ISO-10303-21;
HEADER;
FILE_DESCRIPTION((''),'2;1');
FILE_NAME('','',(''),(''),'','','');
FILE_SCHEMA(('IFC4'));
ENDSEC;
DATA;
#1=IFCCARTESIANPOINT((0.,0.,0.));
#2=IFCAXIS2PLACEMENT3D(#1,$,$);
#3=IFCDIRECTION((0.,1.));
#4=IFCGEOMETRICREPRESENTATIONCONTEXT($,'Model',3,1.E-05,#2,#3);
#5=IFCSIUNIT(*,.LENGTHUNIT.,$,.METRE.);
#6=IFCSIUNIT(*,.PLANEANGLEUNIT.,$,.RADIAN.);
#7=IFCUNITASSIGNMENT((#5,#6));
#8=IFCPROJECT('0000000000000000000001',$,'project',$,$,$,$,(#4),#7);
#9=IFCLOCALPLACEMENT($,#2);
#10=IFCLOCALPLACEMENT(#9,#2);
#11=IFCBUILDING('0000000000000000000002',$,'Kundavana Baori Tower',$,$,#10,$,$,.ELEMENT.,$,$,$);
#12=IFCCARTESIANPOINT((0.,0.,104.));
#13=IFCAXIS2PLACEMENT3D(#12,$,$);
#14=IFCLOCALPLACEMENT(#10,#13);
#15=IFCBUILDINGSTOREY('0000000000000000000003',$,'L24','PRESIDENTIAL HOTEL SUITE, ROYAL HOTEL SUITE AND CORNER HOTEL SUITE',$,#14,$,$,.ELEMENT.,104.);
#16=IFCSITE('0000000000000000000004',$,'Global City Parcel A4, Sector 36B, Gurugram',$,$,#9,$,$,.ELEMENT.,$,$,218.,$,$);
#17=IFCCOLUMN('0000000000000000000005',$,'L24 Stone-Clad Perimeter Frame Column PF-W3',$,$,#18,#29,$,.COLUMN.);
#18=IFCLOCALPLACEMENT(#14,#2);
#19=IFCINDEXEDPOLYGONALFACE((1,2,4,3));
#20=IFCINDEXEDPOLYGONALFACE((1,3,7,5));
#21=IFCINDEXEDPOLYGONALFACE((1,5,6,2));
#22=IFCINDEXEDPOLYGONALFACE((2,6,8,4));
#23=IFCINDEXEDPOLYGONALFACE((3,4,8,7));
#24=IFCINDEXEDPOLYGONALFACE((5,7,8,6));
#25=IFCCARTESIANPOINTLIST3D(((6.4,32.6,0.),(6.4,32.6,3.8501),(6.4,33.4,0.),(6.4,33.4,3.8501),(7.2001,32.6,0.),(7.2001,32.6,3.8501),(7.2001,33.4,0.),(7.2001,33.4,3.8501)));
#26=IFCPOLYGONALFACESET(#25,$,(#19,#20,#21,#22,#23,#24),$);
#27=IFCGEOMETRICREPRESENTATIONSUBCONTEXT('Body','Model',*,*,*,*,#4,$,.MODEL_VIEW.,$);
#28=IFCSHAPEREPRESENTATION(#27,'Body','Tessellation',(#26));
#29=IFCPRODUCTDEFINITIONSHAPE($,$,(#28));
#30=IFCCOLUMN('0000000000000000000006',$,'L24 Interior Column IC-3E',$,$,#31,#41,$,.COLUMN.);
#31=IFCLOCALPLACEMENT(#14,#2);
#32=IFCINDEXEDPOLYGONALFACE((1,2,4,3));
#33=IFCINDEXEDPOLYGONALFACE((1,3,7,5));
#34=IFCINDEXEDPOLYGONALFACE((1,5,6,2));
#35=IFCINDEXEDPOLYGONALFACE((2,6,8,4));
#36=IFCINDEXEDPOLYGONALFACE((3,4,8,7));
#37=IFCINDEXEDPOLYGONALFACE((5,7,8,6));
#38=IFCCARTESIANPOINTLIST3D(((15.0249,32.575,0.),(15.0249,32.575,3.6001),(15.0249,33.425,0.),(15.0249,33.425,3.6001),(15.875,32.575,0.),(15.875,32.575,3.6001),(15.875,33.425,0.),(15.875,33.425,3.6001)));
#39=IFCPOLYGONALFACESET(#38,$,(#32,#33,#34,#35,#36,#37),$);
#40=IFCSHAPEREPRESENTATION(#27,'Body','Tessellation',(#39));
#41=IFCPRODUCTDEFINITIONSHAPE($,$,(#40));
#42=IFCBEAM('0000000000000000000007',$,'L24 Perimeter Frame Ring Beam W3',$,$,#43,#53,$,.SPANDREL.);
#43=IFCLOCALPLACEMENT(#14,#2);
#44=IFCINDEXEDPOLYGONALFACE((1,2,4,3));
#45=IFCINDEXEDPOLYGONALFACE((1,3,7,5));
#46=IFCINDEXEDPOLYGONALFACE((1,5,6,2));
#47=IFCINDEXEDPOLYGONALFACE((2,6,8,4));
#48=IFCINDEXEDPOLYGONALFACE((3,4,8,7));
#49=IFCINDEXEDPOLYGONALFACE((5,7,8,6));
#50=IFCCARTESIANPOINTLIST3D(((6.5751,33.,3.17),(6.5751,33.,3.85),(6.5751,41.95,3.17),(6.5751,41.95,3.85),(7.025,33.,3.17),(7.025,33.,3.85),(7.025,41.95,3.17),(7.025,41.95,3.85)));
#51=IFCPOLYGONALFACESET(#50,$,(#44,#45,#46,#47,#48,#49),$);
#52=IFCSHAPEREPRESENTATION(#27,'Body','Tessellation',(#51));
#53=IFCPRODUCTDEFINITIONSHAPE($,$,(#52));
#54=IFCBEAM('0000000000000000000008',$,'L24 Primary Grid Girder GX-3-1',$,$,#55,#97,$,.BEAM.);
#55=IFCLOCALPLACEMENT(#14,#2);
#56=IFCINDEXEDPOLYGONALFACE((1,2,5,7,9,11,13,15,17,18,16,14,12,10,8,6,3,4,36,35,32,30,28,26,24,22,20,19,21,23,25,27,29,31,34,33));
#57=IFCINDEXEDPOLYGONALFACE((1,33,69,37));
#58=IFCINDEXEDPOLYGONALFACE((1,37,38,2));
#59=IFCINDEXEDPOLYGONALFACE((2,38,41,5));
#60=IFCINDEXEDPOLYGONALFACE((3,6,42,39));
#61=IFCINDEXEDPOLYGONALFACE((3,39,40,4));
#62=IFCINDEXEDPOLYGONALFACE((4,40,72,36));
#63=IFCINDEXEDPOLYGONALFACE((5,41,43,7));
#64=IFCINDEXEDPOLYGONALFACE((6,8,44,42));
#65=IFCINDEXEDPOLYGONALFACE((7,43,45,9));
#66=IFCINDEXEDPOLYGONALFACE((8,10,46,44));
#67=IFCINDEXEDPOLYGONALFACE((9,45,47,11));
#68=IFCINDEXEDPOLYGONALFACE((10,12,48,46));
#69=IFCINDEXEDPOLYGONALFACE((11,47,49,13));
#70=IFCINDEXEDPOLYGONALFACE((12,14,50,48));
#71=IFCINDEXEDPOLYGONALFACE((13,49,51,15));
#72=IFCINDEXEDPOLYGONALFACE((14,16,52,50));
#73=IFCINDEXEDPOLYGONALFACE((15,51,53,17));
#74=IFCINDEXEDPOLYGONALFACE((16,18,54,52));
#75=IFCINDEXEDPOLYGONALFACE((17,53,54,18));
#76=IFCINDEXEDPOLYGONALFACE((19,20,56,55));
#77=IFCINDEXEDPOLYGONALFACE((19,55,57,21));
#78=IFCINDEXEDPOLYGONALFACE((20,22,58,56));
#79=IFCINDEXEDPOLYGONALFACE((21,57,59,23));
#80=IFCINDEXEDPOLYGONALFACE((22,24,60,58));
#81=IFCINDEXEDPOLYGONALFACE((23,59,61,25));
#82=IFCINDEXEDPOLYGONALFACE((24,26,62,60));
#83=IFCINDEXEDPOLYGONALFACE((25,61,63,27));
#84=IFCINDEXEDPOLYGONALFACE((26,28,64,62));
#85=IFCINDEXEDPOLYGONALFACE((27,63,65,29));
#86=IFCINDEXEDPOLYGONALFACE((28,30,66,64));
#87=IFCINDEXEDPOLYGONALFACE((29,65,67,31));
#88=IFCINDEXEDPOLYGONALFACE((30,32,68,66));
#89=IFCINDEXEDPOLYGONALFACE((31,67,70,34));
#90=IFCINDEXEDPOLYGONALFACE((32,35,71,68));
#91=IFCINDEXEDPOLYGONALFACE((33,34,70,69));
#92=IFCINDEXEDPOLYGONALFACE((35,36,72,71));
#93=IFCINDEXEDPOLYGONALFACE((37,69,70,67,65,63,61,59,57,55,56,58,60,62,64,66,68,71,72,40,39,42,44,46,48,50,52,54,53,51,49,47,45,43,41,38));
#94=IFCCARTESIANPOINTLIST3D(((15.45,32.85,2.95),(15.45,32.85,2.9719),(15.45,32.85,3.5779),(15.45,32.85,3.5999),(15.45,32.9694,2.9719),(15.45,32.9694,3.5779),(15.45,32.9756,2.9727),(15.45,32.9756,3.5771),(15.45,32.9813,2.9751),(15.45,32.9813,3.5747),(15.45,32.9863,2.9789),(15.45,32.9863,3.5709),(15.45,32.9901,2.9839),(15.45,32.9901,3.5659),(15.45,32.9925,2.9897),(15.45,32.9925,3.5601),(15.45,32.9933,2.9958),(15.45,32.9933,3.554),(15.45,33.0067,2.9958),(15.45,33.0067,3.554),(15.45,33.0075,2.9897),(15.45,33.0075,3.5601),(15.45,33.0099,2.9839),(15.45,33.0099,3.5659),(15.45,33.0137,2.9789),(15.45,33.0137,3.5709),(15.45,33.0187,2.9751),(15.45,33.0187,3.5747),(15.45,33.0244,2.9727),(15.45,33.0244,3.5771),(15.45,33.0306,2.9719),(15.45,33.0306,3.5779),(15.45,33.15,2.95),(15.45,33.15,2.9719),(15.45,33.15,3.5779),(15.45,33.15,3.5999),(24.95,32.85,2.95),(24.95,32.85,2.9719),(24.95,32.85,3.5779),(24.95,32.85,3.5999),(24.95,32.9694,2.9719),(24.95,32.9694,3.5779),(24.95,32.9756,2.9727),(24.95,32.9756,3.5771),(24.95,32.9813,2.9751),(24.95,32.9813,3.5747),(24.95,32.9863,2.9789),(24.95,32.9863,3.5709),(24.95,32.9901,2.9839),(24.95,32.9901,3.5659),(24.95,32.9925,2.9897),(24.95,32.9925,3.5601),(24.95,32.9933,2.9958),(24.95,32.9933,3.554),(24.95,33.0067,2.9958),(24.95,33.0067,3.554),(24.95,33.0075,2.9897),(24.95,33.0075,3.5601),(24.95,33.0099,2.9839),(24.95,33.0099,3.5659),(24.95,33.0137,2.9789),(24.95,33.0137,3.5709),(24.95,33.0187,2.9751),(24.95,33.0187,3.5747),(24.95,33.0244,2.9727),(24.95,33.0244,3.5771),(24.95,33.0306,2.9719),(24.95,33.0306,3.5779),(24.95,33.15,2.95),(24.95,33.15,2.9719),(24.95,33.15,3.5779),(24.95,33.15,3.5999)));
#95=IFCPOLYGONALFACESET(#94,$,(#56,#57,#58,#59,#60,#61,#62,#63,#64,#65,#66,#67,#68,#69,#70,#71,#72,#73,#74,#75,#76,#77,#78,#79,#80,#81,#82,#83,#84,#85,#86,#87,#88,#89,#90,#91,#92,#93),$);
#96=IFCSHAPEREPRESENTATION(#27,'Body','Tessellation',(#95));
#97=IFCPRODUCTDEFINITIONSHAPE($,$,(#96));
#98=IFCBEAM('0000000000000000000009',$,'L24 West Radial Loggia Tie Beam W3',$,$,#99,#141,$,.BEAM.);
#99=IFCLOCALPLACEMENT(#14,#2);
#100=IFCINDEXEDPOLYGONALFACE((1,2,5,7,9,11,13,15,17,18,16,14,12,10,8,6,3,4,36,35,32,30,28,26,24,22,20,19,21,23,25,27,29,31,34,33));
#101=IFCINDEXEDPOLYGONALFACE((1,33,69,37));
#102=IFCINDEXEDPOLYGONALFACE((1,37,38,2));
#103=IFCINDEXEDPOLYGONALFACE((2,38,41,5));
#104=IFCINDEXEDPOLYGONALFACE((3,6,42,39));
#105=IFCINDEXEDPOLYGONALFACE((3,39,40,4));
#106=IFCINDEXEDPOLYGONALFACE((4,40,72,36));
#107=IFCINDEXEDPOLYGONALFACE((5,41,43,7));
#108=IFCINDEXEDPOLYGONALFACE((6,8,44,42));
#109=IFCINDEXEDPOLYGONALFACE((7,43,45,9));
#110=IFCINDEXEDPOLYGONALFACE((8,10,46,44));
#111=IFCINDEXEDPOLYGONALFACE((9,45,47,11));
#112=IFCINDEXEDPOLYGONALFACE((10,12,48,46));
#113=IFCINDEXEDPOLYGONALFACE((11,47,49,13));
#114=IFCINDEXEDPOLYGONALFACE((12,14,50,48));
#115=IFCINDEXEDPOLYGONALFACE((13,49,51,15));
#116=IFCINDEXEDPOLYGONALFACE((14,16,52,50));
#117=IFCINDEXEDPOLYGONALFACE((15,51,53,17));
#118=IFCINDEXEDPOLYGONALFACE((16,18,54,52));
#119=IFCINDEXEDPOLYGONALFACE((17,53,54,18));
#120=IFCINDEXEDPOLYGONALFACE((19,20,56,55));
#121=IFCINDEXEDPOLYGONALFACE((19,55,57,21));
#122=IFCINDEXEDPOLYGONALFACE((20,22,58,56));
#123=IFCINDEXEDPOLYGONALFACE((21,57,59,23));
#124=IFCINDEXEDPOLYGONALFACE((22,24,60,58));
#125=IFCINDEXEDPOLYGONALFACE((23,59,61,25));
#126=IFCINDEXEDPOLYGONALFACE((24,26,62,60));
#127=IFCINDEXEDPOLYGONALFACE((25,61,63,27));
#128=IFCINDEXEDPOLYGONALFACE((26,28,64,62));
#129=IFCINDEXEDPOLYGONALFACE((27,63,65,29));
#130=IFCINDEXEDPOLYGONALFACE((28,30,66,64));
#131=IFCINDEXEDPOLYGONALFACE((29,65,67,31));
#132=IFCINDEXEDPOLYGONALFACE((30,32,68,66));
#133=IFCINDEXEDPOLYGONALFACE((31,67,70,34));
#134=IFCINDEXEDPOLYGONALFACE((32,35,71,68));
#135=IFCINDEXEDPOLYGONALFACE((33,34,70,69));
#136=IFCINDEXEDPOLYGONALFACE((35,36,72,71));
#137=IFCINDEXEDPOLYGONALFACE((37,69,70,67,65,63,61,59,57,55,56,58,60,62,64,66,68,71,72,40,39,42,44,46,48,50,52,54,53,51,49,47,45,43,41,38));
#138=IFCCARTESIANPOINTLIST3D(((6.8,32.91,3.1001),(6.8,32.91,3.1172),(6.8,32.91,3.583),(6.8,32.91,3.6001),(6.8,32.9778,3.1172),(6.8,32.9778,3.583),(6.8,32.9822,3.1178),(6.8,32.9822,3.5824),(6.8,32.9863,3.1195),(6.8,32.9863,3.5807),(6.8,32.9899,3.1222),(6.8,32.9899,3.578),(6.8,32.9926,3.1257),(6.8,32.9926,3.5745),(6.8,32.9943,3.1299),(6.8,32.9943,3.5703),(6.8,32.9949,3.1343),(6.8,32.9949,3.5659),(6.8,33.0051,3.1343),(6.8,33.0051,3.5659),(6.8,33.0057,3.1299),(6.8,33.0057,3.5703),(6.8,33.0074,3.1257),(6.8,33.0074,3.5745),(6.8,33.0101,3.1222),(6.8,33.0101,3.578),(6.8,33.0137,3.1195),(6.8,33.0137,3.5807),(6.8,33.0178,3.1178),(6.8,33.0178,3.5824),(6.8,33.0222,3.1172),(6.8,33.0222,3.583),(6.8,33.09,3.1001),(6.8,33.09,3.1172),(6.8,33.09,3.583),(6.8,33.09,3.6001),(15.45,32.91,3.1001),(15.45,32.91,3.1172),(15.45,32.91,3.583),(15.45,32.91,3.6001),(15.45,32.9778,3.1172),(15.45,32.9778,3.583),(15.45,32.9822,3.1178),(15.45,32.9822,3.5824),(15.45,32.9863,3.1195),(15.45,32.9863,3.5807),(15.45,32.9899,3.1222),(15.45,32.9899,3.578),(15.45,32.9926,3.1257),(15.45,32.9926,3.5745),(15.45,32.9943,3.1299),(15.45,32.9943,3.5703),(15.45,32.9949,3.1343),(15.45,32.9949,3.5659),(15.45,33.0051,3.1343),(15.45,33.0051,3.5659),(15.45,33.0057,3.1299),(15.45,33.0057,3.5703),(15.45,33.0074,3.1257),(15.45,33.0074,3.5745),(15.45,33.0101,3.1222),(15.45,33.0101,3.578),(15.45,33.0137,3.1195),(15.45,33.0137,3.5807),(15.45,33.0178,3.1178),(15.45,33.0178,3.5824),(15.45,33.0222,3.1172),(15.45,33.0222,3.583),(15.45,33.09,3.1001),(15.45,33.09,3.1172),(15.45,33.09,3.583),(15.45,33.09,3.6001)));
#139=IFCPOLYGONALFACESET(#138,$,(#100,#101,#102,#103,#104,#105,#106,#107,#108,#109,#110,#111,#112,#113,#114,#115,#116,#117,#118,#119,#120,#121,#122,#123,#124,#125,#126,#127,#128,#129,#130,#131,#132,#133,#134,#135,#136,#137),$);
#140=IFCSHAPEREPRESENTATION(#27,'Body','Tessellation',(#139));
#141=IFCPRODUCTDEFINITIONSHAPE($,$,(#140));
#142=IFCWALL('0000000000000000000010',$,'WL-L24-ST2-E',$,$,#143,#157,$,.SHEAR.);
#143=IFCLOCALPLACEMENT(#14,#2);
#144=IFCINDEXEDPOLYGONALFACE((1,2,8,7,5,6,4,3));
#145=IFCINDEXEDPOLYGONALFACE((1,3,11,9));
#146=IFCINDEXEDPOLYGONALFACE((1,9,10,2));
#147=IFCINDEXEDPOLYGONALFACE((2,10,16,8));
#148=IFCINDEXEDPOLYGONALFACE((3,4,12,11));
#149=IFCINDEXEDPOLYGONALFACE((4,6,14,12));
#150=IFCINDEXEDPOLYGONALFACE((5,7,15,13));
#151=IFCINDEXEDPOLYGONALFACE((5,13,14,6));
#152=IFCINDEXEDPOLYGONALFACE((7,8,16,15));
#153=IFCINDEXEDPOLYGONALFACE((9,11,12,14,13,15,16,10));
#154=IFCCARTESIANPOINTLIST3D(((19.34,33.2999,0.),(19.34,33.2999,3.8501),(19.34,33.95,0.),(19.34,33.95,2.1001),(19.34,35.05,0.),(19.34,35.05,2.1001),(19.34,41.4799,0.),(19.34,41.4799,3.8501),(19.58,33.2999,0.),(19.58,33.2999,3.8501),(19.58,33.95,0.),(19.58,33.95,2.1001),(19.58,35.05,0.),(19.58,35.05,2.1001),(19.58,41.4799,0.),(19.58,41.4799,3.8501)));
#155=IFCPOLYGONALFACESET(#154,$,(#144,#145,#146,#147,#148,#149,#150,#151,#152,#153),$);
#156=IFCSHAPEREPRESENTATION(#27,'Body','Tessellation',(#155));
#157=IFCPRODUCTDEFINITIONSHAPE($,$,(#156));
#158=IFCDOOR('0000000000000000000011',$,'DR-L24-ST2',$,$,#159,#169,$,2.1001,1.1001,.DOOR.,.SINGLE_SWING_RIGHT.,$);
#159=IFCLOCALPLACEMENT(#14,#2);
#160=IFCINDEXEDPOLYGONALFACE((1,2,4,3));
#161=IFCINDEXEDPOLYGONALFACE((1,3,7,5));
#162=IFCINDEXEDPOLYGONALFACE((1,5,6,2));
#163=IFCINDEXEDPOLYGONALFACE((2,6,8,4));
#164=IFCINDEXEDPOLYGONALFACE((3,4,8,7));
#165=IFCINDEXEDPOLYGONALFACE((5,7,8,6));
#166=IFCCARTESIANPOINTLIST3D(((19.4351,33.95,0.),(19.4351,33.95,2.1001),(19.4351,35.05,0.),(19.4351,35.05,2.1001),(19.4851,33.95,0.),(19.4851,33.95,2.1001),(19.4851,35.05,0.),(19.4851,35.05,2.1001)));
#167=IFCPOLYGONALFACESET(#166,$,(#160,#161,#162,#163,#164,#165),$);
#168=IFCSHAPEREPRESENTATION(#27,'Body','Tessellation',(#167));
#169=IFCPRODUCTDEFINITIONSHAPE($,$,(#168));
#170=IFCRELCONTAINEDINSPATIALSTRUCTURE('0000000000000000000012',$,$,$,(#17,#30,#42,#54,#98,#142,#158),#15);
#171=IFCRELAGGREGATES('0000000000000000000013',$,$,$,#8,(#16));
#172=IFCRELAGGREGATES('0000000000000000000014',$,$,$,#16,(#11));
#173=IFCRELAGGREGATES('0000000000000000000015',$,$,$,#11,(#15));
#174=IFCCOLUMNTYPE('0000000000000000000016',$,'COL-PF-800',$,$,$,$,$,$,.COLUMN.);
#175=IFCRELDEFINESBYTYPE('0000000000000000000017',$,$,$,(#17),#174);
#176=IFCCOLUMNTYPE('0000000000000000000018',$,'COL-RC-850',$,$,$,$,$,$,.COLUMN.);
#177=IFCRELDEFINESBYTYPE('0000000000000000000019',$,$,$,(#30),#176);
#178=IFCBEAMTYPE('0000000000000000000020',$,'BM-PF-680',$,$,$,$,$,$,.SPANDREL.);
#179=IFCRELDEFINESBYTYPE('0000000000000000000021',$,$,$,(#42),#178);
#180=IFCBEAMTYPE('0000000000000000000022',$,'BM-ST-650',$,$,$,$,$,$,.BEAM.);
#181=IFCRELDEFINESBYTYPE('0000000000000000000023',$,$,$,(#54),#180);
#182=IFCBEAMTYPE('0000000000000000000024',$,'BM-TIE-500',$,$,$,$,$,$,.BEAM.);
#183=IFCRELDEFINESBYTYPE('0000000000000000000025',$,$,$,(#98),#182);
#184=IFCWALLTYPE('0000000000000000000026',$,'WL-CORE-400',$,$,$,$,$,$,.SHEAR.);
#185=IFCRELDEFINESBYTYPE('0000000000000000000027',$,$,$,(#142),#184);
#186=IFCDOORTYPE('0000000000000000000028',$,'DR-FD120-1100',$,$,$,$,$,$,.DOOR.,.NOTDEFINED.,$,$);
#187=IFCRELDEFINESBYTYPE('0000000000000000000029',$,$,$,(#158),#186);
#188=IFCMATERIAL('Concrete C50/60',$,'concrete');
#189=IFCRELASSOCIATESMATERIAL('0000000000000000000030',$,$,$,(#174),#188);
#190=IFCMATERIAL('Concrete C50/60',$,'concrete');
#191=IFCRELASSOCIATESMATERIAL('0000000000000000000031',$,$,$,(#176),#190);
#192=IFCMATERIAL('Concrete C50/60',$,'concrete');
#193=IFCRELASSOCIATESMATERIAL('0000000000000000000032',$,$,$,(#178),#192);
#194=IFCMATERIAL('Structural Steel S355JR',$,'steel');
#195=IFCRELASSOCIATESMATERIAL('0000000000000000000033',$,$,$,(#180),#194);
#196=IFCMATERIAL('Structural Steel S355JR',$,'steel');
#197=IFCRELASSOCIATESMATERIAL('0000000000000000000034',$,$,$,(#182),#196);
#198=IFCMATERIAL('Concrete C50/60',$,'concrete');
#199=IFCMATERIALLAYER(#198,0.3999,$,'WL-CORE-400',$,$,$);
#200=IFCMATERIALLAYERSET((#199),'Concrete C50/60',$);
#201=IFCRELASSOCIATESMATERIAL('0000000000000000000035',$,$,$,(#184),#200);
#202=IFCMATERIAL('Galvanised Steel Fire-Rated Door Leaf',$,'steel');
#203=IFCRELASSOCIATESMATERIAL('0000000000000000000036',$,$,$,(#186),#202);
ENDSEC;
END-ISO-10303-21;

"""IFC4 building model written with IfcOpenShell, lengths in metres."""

from ifc_helpers import new_model, si_unit, direction, frame, frame_2d, origin, origin_2d, place, context, subcontext, project, spatial, rectangle, i_section, extrude, material, layer, layer_set, material_profile, profile_set, type_object, element, fill, save


model = new_model("IFC4")

# Units and contexts
model_context = context("Model", 3, precision=1e-05, world=origin(), true_north=direction((0.0, 1.0)))
body_context = subcontext(model_context, "Body", "Model", "MODEL_VIEW")
ifc_project = project(units=[si_unit("LENGTHUNIT", "METRE"), si_unit("PLANEANGLEUNIT", "RADIAN")], contexts=[model_context])

# Site, building, storey
site_placement = place(None, origin())
site = spatial("IfcSite", under=ifc_project, at=site_placement, Name="Global City Parcel A4, Sector 36B, Gurugram", CompositionType="ELEMENT", RefElevation=218.0)
building_placement = place(site_placement, origin())
building = spatial("IfcBuilding", under=site, at=building_placement, Name="Kundavana Baori Tower", CompositionType="ELEMENT")
storey_placement = place(building_placement, frame((0.0, 0.0, 104.0)))
storey = spatial("IfcBuildingStorey", under=building, at=storey_placement, Name="L24", Description="PRESIDENTIAL HOTEL SUITE, ROYAL HOTEL SUITE AND CORNER HOTEL SUITE", CompositionType="ELEMENT", Elevation=104.0)

# Columns
ifc_material_1 = material(Name="Concrete C50/60", Category="concrete")
ifc_material_profile_1 = material_profile(ifc_material_1, rectangle(XDim=0.8, YDim=0.8, at=origin_2d()), Name="RC PF 800x800")
ifc_profile_set_1 = profile_set([ifc_material_profile_1], Name="Concrete C50/60")
column_type_1 = type_object("IfcColumnType", Name="COL-PF-800", PredefinedType="COLUMN", material=ifc_profile_set_1)
column_1_placement = place(storey_placement, frame((6.8, 33.0, 0.0), z_axis=(0.0, 0.0, 1.0), x_axis=(1.0, 0.0, 0.0)))
element("IfcColumn", 1, at=column_1_placement, inside=storey, type_object=column_type_1, Name="L24 Stone-Clad Perimeter Frame Column PF-W3", PredefinedType="COLUMN", context=body_context, shape_type="SweptSolid", body=[
    extrude(rectangle(XDim=0.8, YDim=0.8, at=origin_2d()), origin(), (0.0, 0.0, 1.0), 3.8501),
])
ifc_material_2 = material(Name="Concrete C50/60", Category="concrete")
ifc_material_profile_2 = material_profile(ifc_material_2, rectangle(XDim=0.8501, YDim=0.8501, at=origin_2d()), Name="RC 850x850")
ifc_profile_set_2 = profile_set([ifc_material_profile_2], Name="Concrete C50/60")
column_type_2 = type_object("IfcColumnType", Name="COL-RC-850", PredefinedType="COLUMN", material=ifc_profile_set_2)
column_2_placement = place(storey_placement, frame((15.45, 33.0, 0.0), z_axis=(0.0, 0.0, 1.0), x_axis=(1.0, 0.0, 0.0)))
element("IfcColumn", 2, at=column_2_placement, inside=storey, type_object=column_type_2, Name="L24 Interior Column IC-3E", PredefinedType="COLUMN", context=body_context, shape_type="SweptSolid", body=[
    extrude(rectangle(XDim=0.8501, YDim=0.8501, at=origin_2d()), origin(), (0.0, 0.0, 1.0), 3.6001),
])

# Beams
ifc_material_3 = material(Name="Concrete C50/60", Category="concrete")
ifc_material_profile_3 = material_profile(ifc_material_3, rectangle(XDim=0.45, YDim=0.6799, at=origin_2d()), Name="RC BM 450x680")
ifc_profile_set_3 = profile_set([ifc_material_profile_3], Name="Concrete C50/60")
beam_type_1 = type_object("IfcBeamType", Name="BM-PF-680", PredefinedType="SPANDREL", material=ifc_profile_set_3)
beam_1_placement = place(storey_placement, frame((6.8, 33.0, 3.51), z_axis=(0.0, 1.0, 0.0), x_axis=(-1.0, 0.0, 0.0)))
element("IfcBeam", 3, at=beam_1_placement, inside=storey, type_object=beam_type_1, Name="L24 Perimeter Frame Ring Beam W3", PredefinedType="SPANDREL", context=body_context, shape_type="SweptSolid", body=[
    extrude(rectangle(XDim=0.45, YDim=0.6799, at=origin_2d()), origin(), (0.0, 0.0, 1.0), 8.95),
])
ifc_material_4 = material(Name="Structural Steel S355JR", Category="steel")
ifc_material_profile_4 = material_profile(ifc_material_4, i_section(OverallWidth=0.3, OverallDepth=0.6499, WebThickness=0.0134, FlangeThickness=0.022, FilletRadius=0.0239, at=origin_2d()), Name="NPB 650x300x155")
ifc_profile_set_4 = profile_set([ifc_material_profile_4], Name="Structural Steel S355JR")
beam_type_2 = type_object("IfcBeamType", Name="BM-ST-650", PredefinedType="BEAM", material=ifc_profile_set_4)
beam_2_placement = place(storey_placement, frame((15.45, 33.0, 3.2749), z_axis=(1.0, 0.0, 0.0), x_axis=(0.0, 1.0, 0.0)))
element("IfcBeam", 4, at=beam_2_placement, inside=storey, type_object=beam_type_2, Name="L24 Primary Grid Girder GX-3-1", PredefinedType="BEAM", context=body_context, shape_type="SweptSolid", body=[
    extrude(i_section(OverallWidth=0.3, OverallDepth=0.6499, WebThickness=0.0134, FlangeThickness=0.022, FilletRadius=0.0239, at=origin_2d()), origin(), (0.0, 0.0, 1.0), 9.5),
])
ifc_material_5 = material(Name="Structural Steel S355JR", Category="steel")
ifc_material_profile_5 = material_profile(ifc_material_5, i_section(OverallWidth=0.1799, OverallDepth=0.5, WebThickness=0.0103, FlangeThickness=0.0171, FilletRadius=0.0171, at=origin_2d()), Name="ISMB 500")
ifc_profile_set_5 = profile_set([ifc_material_profile_5], Name="Structural Steel S355JR")
beam_type_3 = type_object("IfcBeamType", Name="BM-TIE-500", PredefinedType="BEAM", material=ifc_profile_set_5)
beam_3_placement = place(storey_placement, frame((15.45, 33.0, 3.3501), z_axis=(-1.0, 0.0, 0.0), x_axis=(0.0, -1.0, 0.0)))
element("IfcBeam", 5, at=beam_3_placement, inside=storey, type_object=beam_type_3, Name="L24 West Radial Loggia Tie Beam W3", PredefinedType="BEAM", context=body_context, shape_type="SweptSolid", body=[
    extrude(i_section(OverallWidth=0.1799, OverallDepth=0.5, WebThickness=0.0103, FlangeThickness=0.0171, FilletRadius=0.0171, at=origin_2d()), origin(), (0.0, 0.0, 1.0), 8.6499),
])

# Wall, opening, door
ifc_material_6 = material(Name="Concrete C50/60", Category="concrete")
ifc_layer_1 = layer(ifc_material_6, 0.3999, Name="WL-CORE-400")
ifc_layer_set_1 = layer_set([ifc_layer_1], Name="Concrete C50/60")
wall_type_1 = type_object("IfcWallType", Name="WL-CORE-400", PredefinedType="SHEAR", material=ifc_layer_set_1)
wall_1_placement = place(storey_placement, frame((19.46, 33.3, 0.0), z_axis=(0.0, 0.0, 1.0), x_axis=(0.0, 1.0, 0.0)))
wall_1 = element("IfcWall", 6, at=wall_1_placement, inside=storey, type_object=wall_type_1, Name="WL-L24-ST2-E", PredefinedType="SHEAR", context=body_context, shape_type="SweptSolid", body=[
    extrude(rectangle(XDim=8.1799, YDim=0.24, at=frame_2d((4.0898, 0.0))), origin(), (0.0, 0.0, 1.0), 3.8501),
])
opening_1_placement = place(wall_1_placement, frame((0.6499, 0.0, 0.0)))
opening_1 = element("IfcOpeningElement", 7, at=opening_1_placement, cuts=wall_1, PredefinedType="OPENING", context=body_context, shape_type="SweptSolid", body=[
    extrude(rectangle(XDim=1.1001, YDim=2.1001, at=frame_2d((0.55, 1.05))), frame((0.0, 0.1299, 0.0), z_axis=(0.0, -1.0, 0.0), x_axis=(1.0, 0.0, 0.0)), (0.0, 0.0, 1.0), 0.26),
])
ifc_material_7 = material(Name="Galvanised Steel Fire-Rated Door Leaf", Category="steel")
door_type_1 = type_object("IfcDoorType", Name="DR-FD120-1100", OperationType="NOTDEFINED", PredefinedType="DOOR", material=ifc_material_7)
door_1_placement = place(opening_1_placement, origin())
door_1 = element("IfcDoor", 8, at=door_1_placement, inside=storey, type_object=door_type_1, Name="DR-L24-ST2", OperationType="SINGLE_SWING_RIGHT", OverallHeight=2.1001, OverallWidth=1.1001, PredefinedType="DOOR", context=body_context, shape_type="SweptSolid", body=[
    extrude(rectangle(XDim=1.1001, YDim=2.1001, at=frame_2d((0.55, 1.05))), frame((0.0, 0.0249, 0.0), z_axis=(0.0, -1.0, 0.0), x_axis=(1.0, 0.0, 0.0)), (0.0, 0.0, 1.0), 0.05),
])
fill(opening_1, door_1)

save(model, "model.ifc")
